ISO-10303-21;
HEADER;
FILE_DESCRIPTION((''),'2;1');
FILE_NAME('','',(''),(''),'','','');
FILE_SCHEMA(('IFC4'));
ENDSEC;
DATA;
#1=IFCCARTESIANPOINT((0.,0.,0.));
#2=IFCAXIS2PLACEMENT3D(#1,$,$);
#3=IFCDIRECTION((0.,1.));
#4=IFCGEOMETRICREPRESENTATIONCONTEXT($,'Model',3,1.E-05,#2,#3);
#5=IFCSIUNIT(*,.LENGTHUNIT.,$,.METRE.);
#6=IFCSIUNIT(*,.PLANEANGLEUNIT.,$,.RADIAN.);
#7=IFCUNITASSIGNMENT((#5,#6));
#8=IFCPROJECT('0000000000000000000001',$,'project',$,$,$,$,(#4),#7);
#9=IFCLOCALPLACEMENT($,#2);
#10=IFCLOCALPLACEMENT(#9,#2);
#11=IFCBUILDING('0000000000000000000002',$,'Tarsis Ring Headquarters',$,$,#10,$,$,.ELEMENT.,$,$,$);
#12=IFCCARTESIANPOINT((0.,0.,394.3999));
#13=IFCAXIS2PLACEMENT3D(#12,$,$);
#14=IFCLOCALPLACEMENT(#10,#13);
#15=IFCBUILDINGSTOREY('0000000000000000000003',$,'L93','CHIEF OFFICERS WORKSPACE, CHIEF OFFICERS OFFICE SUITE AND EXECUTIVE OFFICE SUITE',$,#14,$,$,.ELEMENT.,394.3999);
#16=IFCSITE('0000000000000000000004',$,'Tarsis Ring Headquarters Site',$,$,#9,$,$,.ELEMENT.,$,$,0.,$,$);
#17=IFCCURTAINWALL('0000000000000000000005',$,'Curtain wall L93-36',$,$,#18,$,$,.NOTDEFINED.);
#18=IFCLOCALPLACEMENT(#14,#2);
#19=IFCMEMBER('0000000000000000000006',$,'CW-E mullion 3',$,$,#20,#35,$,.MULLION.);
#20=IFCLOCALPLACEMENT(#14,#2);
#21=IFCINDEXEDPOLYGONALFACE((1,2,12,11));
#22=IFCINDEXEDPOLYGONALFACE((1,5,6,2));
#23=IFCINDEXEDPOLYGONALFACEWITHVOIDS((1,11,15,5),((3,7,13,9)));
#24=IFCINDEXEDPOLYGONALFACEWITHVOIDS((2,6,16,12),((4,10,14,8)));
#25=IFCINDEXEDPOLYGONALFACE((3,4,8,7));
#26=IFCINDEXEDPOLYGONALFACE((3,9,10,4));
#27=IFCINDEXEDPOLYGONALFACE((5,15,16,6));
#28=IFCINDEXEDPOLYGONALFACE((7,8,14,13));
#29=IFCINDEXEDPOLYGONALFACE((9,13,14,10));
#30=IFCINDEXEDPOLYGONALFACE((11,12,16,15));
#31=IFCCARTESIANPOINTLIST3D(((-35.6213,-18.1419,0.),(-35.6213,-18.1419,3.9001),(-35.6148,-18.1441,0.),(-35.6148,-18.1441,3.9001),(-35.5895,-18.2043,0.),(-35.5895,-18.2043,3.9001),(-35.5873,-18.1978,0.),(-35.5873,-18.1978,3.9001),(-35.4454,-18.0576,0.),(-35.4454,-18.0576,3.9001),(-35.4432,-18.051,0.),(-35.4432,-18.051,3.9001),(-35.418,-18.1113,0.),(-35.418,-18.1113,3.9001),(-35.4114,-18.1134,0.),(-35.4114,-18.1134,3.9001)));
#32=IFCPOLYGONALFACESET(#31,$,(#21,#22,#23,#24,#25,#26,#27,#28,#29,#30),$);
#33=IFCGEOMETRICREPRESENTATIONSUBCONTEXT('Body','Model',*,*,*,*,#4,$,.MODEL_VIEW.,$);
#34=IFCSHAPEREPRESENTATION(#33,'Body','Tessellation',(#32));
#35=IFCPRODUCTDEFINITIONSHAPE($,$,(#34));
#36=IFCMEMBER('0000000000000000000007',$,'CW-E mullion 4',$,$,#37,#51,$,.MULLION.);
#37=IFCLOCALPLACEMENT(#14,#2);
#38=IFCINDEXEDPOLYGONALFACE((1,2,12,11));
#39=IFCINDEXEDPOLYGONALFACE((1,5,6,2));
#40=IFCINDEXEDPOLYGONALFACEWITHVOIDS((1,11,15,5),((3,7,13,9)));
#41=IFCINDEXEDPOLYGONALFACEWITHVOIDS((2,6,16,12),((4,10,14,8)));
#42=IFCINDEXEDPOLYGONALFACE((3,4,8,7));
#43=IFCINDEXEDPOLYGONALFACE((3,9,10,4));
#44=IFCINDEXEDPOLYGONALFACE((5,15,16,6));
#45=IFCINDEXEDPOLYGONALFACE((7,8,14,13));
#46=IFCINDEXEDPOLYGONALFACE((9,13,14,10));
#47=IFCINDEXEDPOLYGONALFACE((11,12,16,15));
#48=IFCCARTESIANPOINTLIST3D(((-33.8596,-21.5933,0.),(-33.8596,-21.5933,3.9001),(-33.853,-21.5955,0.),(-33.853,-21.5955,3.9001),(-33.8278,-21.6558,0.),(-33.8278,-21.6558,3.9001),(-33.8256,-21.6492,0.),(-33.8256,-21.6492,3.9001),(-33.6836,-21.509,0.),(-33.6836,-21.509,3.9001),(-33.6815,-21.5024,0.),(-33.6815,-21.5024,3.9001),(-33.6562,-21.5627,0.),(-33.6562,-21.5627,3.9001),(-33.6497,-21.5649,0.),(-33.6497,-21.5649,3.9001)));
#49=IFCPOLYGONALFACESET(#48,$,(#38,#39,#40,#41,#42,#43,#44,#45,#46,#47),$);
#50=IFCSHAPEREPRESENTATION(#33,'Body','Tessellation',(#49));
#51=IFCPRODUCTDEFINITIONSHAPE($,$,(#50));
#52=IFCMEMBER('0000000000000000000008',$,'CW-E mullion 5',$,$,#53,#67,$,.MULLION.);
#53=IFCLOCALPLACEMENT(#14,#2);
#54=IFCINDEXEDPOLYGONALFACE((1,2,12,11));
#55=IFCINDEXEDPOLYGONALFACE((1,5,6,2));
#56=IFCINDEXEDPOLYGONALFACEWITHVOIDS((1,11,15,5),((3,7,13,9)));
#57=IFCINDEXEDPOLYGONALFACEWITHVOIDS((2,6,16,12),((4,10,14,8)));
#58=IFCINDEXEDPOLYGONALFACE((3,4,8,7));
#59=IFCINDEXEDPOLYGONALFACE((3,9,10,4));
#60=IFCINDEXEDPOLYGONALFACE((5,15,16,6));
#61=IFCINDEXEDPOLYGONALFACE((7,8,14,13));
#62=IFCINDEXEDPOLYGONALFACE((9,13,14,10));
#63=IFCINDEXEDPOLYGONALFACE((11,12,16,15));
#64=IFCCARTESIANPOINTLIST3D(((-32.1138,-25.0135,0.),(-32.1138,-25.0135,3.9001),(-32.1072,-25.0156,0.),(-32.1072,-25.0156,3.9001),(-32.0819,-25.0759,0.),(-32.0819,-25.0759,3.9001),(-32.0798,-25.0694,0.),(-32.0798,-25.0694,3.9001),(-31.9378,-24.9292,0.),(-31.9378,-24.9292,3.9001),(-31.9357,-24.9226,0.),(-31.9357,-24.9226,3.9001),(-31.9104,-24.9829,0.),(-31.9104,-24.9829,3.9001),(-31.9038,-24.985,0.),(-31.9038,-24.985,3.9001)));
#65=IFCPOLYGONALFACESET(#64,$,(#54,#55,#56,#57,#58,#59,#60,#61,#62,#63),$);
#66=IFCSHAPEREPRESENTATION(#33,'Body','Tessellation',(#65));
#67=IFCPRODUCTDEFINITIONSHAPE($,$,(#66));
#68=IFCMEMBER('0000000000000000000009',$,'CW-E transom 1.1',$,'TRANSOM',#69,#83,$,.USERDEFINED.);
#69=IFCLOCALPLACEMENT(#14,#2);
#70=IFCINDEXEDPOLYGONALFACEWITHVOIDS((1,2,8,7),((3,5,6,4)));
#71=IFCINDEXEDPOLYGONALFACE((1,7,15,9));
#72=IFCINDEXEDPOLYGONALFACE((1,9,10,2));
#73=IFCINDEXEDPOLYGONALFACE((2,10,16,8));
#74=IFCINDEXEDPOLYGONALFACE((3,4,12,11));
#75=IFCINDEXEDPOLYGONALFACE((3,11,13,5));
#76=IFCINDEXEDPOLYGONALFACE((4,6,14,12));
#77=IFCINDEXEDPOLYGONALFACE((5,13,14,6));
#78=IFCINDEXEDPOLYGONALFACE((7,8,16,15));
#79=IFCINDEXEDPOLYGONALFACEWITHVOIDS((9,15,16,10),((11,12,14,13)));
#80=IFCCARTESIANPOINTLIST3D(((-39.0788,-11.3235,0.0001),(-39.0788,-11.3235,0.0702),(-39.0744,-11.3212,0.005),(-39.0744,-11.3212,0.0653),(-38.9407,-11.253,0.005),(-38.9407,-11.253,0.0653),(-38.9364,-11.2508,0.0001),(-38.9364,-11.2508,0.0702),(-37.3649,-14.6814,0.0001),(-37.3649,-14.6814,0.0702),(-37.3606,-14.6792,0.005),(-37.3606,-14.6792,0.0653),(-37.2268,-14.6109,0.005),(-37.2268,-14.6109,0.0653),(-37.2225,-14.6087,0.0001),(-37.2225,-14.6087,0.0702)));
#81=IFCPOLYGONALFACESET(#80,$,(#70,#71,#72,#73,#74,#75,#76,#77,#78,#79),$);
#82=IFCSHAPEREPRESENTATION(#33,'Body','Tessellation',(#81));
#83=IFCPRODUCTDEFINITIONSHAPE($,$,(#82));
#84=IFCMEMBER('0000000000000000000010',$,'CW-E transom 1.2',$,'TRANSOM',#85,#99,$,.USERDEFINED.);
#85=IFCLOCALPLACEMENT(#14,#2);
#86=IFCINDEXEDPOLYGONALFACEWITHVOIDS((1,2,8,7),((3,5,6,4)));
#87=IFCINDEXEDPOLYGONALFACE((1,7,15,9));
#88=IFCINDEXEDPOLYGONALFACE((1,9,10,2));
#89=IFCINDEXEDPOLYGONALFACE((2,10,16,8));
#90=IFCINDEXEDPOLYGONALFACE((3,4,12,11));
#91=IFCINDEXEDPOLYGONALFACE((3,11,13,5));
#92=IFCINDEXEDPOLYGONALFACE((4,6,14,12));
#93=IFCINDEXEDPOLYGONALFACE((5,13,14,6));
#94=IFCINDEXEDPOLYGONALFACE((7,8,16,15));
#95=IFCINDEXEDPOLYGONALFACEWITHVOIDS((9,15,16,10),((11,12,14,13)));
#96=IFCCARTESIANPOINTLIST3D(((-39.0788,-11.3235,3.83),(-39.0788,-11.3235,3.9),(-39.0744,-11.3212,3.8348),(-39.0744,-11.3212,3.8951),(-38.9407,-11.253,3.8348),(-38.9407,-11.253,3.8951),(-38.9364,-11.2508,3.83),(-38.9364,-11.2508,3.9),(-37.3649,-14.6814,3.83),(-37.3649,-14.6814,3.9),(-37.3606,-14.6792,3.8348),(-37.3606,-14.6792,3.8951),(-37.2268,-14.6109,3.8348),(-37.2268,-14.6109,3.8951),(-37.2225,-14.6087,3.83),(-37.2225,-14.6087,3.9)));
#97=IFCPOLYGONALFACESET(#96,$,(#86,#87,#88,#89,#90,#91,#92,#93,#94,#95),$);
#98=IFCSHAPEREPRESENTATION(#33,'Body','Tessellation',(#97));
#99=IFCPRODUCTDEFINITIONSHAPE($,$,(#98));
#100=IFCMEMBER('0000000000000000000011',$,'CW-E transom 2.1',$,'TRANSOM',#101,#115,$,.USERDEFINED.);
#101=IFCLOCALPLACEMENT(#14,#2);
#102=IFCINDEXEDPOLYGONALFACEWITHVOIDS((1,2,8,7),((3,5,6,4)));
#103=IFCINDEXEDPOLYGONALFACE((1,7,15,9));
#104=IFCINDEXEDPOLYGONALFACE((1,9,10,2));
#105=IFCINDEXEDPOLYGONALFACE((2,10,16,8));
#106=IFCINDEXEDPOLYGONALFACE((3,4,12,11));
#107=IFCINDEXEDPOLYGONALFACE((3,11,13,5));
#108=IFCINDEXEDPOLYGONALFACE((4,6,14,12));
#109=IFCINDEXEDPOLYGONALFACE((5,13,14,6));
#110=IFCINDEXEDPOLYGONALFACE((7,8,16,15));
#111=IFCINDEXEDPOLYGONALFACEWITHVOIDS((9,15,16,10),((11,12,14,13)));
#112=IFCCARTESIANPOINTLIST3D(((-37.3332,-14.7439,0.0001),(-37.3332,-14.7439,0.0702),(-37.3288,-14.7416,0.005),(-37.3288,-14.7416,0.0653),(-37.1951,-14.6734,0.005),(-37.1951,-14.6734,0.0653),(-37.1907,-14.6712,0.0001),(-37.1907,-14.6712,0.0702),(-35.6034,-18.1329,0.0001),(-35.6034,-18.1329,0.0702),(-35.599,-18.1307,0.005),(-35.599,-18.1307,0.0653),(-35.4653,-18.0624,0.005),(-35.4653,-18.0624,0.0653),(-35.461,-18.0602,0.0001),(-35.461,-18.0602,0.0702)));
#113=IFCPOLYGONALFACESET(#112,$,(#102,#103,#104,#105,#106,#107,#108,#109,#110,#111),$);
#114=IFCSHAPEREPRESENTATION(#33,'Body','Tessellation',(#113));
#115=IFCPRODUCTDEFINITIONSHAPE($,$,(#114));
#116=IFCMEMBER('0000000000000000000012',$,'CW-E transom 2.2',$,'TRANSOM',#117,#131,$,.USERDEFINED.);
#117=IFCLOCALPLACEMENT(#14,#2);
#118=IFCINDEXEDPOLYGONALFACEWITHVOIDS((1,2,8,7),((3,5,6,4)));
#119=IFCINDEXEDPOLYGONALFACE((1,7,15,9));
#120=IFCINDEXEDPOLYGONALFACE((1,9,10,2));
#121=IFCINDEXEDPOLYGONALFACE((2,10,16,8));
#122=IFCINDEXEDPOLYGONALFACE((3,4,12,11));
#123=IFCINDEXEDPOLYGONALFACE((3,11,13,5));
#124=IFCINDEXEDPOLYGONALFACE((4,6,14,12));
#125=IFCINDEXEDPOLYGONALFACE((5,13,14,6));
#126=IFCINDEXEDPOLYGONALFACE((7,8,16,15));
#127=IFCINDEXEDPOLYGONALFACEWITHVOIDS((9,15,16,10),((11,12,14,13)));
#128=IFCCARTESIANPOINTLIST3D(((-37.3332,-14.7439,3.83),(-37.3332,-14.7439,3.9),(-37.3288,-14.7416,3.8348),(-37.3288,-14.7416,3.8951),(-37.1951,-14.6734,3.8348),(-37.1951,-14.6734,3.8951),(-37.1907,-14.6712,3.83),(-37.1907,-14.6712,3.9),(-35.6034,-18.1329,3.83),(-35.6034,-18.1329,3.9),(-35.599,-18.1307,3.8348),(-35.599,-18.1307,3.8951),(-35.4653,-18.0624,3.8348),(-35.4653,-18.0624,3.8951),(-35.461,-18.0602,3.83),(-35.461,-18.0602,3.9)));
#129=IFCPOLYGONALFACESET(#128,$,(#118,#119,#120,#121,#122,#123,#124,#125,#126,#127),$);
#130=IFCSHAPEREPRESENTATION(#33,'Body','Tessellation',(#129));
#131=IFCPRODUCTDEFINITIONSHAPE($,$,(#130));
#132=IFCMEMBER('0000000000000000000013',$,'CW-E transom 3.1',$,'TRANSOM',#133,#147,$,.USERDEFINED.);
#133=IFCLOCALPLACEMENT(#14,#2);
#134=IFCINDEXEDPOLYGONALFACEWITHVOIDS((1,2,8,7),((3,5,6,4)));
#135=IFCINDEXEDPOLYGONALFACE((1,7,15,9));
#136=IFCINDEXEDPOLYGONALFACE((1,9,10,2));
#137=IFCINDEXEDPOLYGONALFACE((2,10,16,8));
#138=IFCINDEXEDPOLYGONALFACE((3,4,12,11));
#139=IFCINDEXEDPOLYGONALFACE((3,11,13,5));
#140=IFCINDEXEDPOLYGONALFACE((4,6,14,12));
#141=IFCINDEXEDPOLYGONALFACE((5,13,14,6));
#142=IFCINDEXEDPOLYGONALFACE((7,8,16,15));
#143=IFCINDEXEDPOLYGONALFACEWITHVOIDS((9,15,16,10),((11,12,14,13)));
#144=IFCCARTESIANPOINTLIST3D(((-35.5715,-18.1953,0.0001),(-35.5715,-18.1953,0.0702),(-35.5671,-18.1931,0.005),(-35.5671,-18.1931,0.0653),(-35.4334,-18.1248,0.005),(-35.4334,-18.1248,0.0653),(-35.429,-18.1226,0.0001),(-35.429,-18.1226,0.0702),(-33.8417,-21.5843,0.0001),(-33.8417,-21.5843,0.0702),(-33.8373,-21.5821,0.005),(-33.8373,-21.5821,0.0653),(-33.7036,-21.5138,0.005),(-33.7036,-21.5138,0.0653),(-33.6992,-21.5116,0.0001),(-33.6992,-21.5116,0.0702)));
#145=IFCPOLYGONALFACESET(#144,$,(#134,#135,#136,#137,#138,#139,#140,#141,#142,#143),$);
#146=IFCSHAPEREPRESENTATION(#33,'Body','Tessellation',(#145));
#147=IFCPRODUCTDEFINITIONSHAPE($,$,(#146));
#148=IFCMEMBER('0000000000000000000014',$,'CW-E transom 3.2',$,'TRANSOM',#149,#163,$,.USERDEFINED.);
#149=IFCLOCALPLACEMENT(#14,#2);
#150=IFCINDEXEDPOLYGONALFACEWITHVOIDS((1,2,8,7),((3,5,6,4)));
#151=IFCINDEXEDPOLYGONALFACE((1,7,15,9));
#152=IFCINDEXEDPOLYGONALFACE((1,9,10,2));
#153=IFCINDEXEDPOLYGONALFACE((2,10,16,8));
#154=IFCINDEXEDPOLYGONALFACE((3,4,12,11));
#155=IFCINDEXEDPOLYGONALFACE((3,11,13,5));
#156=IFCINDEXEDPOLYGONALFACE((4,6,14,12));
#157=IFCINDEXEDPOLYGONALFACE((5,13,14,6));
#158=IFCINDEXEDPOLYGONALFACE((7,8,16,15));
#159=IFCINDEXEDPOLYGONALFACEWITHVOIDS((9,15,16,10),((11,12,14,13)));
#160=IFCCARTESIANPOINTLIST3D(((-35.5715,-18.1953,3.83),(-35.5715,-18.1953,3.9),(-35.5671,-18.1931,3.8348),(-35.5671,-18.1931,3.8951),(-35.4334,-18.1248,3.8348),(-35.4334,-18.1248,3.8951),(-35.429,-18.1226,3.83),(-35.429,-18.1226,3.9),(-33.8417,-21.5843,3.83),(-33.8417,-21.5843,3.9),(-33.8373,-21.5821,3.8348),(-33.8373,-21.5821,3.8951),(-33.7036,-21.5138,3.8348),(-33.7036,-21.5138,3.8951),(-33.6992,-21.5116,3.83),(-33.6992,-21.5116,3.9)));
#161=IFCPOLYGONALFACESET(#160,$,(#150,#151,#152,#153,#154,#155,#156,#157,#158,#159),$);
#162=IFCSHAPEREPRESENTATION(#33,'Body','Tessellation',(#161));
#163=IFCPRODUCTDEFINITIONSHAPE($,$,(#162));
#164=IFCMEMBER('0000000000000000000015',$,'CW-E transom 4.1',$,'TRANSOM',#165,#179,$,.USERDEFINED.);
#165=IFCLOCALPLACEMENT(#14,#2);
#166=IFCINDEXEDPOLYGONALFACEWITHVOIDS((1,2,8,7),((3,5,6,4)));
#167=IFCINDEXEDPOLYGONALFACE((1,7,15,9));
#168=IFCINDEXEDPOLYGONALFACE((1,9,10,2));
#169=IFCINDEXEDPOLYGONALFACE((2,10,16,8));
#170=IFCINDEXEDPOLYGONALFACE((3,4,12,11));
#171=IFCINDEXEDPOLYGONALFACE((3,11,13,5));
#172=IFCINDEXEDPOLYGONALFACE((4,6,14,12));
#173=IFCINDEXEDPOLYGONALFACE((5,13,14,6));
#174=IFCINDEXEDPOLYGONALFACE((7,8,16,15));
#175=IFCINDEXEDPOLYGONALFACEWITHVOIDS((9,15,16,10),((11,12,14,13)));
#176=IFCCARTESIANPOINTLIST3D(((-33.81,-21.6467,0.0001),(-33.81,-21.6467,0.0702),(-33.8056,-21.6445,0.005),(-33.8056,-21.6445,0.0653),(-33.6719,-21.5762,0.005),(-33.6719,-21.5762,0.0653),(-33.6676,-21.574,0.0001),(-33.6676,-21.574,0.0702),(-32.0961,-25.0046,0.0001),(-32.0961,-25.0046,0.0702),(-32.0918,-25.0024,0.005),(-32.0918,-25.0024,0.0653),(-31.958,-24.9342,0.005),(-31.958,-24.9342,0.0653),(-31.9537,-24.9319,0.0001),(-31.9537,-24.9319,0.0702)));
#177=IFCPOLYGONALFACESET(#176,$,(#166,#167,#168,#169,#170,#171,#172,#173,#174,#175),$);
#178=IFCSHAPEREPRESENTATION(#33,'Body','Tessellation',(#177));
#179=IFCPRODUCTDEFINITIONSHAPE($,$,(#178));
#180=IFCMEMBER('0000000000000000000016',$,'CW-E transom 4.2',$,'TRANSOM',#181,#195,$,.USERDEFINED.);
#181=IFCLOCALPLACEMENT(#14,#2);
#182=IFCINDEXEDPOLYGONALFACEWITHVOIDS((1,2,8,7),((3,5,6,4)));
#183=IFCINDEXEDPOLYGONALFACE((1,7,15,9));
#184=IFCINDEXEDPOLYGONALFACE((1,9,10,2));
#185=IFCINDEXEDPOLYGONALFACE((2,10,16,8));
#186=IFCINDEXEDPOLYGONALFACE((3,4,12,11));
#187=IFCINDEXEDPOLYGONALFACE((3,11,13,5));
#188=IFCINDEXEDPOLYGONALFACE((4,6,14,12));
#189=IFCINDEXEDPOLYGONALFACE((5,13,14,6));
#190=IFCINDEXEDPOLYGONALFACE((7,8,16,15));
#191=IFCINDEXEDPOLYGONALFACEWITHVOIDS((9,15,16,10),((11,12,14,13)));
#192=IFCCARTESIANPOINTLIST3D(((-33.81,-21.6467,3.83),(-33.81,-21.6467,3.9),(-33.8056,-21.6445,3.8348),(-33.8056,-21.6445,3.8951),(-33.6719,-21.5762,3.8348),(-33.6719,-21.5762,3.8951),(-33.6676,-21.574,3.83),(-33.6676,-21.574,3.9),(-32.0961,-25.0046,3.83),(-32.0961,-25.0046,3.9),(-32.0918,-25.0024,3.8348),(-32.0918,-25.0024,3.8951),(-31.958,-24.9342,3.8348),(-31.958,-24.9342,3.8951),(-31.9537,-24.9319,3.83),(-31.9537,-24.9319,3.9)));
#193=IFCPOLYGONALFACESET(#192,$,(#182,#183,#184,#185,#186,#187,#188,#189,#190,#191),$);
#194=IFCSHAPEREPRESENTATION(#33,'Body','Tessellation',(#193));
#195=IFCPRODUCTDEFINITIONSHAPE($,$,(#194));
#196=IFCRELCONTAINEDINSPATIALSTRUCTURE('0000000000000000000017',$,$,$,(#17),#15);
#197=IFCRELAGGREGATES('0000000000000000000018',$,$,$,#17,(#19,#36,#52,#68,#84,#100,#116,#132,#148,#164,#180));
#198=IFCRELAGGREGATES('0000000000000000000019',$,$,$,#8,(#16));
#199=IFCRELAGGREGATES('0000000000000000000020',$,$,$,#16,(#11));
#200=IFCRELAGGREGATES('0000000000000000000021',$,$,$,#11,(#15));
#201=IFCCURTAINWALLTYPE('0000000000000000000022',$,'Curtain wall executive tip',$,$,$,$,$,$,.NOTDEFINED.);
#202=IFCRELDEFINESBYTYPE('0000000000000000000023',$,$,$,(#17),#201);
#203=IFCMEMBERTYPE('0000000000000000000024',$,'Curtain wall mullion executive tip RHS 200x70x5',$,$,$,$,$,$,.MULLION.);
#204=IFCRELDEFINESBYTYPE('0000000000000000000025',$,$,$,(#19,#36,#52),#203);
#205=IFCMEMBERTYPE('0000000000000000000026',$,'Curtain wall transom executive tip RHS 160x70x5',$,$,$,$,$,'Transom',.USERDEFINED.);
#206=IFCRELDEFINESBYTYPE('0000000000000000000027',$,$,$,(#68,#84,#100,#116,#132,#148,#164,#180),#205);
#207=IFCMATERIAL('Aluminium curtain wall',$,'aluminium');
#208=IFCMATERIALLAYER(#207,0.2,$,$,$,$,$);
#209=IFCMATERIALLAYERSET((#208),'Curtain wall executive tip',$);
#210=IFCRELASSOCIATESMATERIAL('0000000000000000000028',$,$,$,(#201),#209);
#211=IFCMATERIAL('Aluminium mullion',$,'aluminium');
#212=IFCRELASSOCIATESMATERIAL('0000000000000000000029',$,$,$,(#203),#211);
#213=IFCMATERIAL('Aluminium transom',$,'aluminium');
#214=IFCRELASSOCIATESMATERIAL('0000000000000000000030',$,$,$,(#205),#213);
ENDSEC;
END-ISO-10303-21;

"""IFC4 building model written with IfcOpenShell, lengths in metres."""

from ifc_helpers import new_model, si_unit, direction, frame, origin, origin_2d, place, context, subcontext, project, spatial, hollow_rectangle, extrude, material, layer, layer_set, material_profile, profile_set, type_object, element, aggregate, save


model = new_model("IFC4")

# Units and contexts
model_context = context("Model", 3, precision=1e-05, world=origin(), true_north=direction((0.0, 1.0)))
body_context = subcontext(model_context, "Body", "Model", "MODEL_VIEW")
ifc_project = project(units=[si_unit("LENGTHUNIT", "METRE"), si_unit("PLANEANGLEUNIT", "RADIAN")], contexts=[model_context])

# Site, building, storey
site_placement = place(None, origin())
site = spatial("IfcSite", under=ifc_project, at=site_placement, Name="Tarsis Ring Headquarters Site", CompositionType="ELEMENT", RefElevation=0.0)
building_placement = place(site_placement, origin())
building = spatial("IfcBuilding", under=site, at=building_placement, Name="Tarsis Ring Headquarters", CompositionType="ELEMENT")
storey_placement = place(building_placement, frame((0.0, 0.0, 394.3999)))
storey = spatial("IfcBuildingStorey", under=building, at=storey_placement, Name="L93", Description="CHIEF OFFICERS WORKSPACE, CHIEF OFFICERS OFFICE SUITE AND EXECUTIVE OFFICE SUITE", CompositionType="ELEMENT", Elevation=394.3999)

# Curtain wall, members
ifc_material_1 = material(Name="Aluminium curtain wall", Category="aluminium")
ifc_layer_1 = layer(ifc_material_1, 0.2)
ifc_layer_set_1 = layer_set([ifc_layer_1], Name="Curtain wall executive tip")
curtain_wall_type = type_object("IfcCurtainWallType", Name="Curtain wall executive tip", PredefinedType="NOTDEFINED", material=ifc_layer_set_1)
curtain_wall_placement = place(storey_placement, origin())
curtain_wall = element("IfcCurtainWall", 1, at=curtain_wall_placement, inside=storey, type_object=curtain_wall_type, Name="Curtain wall L93-36", PredefinedType="NOTDEFINED")
ifc_material_2 = material(Name="Aluminium mullion", Category="aluminium")
ifc_material_profile_1 = material_profile(ifc_material_2, hollow_rectangle(XDim=0.2, YDim=0.0701, WallThickness=0.0049, at=origin_2d()), Name="RHS 200x70x5")
ifc_profile_set_1 = profile_set([ifc_material_profile_1], Name="Aluminium mullion")
member_type_1 = type_object("IfcMemberType", Name="Curtain wall mullion executive tip RHS 200x70x5", PredefinedType="MULLION", material=ifc_profile_set_1)
member_1_placement = place(storey_placement, frame((-35.5164, -18.1277, 0.0), z_axis=(0.0, 0.0, 1.0), x_axis=(0.890689, 0.454612, 0.0)))
member_1 = element("IfcMember", 2, at=member_1_placement, type_object=member_type_1, Name="CW-E mullion 3", PredefinedType="MULLION", context=body_context, shape_type="SweptSolid", body=[
    extrude(hollow_rectangle(XDim=0.2, YDim=0.0701, WallThickness=0.0049, at=origin_2d()), origin(), (0.0, 0.0, 1.0), 3.9001),
])
member_2_placement = place(storey_placement, frame((-33.7546, -21.5791, 0.0), z_axis=(0.0, 0.0, 1.0), x_axis=(0.890689, 0.454612, 0.0)))
member_2 = element("IfcMember", 3, at=member_2_placement, type_object=member_type_1, Name="CW-E mullion 4", PredefinedType="MULLION", context=body_context, shape_type="SweptSolid", body=[
    extrude(hollow_rectangle(XDim=0.2, YDim=0.0701, WallThickness=0.0049, at=origin_2d()), origin(), (0.0, 0.0, 1.0), 3.9001),
])
member_3_placement = place(storey_placement, frame((-32.0088, -24.9993, 0.0), z_axis=(0.0, 0.0, 1.0), x_axis=(0.890689, 0.454612, 0.0)))
member_3 = element("IfcMember", 4, at=member_3_placement, type_object=member_type_1, Name="CW-E mullion 5", PredefinedType="MULLION", context=body_context, shape_type="SweptSolid", body=[
    extrude(hollow_rectangle(XDim=0.2, YDim=0.0701, WallThickness=0.0049, at=origin_2d()), origin(), (0.0, 0.0, 1.0), 3.9001),
])
ifc_material_3 = material(Name="Aluminium transom", Category="aluminium")
ifc_material_profile_2 = material_profile(ifc_material_3, hollow_rectangle(XDim=0.1599, YDim=0.0701, WallThickness=0.0049, at=origin_2d()), Name="RHS 160x70x5")
ifc_profile_set_2 = profile_set([ifc_material_profile_2], Name="Aluminium transom")
member_type_2 = type_object("IfcMemberType", Name="Curtain wall transom executive tip RHS 160x70x5", ElementType="Transom", PredefinedType="USERDEFINED", material=ifc_profile_set_2)
member_4_placement = place(storey_placement, frame((-39.0076, -11.2871, 0.0352), z_axis=(0.454607, -0.890692, 0.0), x_axis=(0.890692, 0.454607, 0.0)))
member_4 = element("IfcMember", 5, at=member_4_placement, type_object=member_type_2, Name="CW-E transom 1.1", ObjectType="TRANSOM", PredefinedType="USERDEFINED", context=body_context, shape_type="SweptSolid", body=[
    extrude(hollow_rectangle(XDim=0.1599, YDim=0.0701, WallThickness=0.0049, at=origin_2d()), origin(), (0.0, 0.0, 1.0), 3.77),
])
member_5_placement = place(storey_placement, frame((-39.0076, -11.2871, 3.865), z_axis=(0.454607, -0.890692, 0.0), x_axis=(0.890692, 0.454607, 0.0)))
member_5 = element("IfcMember", 6, at=member_5_placement, type_object=member_type_2, Name="CW-E transom 1.2", ObjectType="TRANSOM", PredefinedType="USERDEFINED", context=body_context, shape_type="SweptSolid", body=[
    extrude(hollow_rectangle(XDim=0.1599, YDim=0.0701, WallThickness=0.0049, at=origin_2d()), origin(), (0.0, 0.0, 1.0), 3.77),
])
member_6_placement = place(storey_placement, frame((-37.262, -14.7075, 0.0352), z_axis=(0.454616, -0.890688, 0.0), x_axis=(0.890688, 0.454616, 0.0)))
member_6 = element("IfcMember", 7, at=member_6_placement, type_object=member_type_2, Name="CW-E transom 2.1", ObjectType="TRANSOM", PredefinedType="USERDEFINED", context=body_context, shape_type="SweptSolid", body=[
    extrude(hollow_rectangle(XDim=0.1599, YDim=0.0701, WallThickness=0.0049, at=origin_2d()), origin(), (0.0, 0.0, 1.0), 3.8049),
])
member_7_placement = place(storey_placement, frame((-37.262, -14.7075, 3.865), z_axis=(0.454616, -0.890688, 0.0), x_axis=(0.890688, 0.454616, 0.0)))
member_7 = element("IfcMember", 8, at=member_7_placement, type_object=member_type_2, Name="CW-E transom 2.2", ObjectType="TRANSOM", PredefinedType="USERDEFINED", context=body_context, shape_type="SweptSolid", body=[
    extrude(hollow_rectangle(XDim=0.1599, YDim=0.0701, WallThickness=0.0049, at=origin_2d()), origin(), (0.0, 0.0, 1.0), 3.8049),
])
member_8_placement = place(storey_placement, frame((-35.5002, -18.1589, 0.0352), z_axis=(0.454616, -0.890688, 0.0), x_axis=(0.890688, 0.454616, 0.0)))
member_8 = element("IfcMember", 9, at=member_8_placement, type_object=member_type_2, Name="CW-E transom 3.1", ObjectType="TRANSOM", PredefinedType="USERDEFINED", context=body_context, shape_type="SweptSolid", body=[
    extrude(hollow_rectangle(XDim=0.1599, YDim=0.0701, WallThickness=0.0049, at=origin_2d()), origin(), (0.0, 0.0, 1.0), 3.8049),
])
member_9_placement = place(storey_placement, frame((-35.5002, -18.1589, 3.865), z_axis=(0.454616, -0.890688, 0.0), x_axis=(0.890688, 0.454616, 0.0)))
member_9 = element("IfcMember", 10, at=member_9_placement, type_object=member_type_2, Name="CW-E transom 3.2", ObjectType="TRANSOM", PredefinedType="USERDEFINED", context=body_context, shape_type="SweptSolid", body=[
    extrude(hollow_rectangle(XDim=0.1599, YDim=0.0701, WallThickness=0.0049, at=origin_2d()), origin(), (0.0, 0.0, 1.0), 3.8049),
])
member_10_placement = place(storey_placement, frame((-33.7388, -21.6104, 0.0352), z_axis=(0.454607, -0.890692, 0.0), x_axis=(0.890692, 0.454607, 0.0)))
member_10 = element("IfcMember", 11, at=member_10_placement, type_object=member_type_2, Name="CW-E transom 4.1", ObjectType="TRANSOM", PredefinedType="USERDEFINED", context=body_context, shape_type="SweptSolid", body=[
    extrude(hollow_rectangle(XDim=0.1599, YDim=0.0701, WallThickness=0.0049, at=origin_2d()), origin(), (0.0, 0.0, 1.0), 3.77),
])
member_11_placement = place(storey_placement, frame((-33.7388, -21.6104, 3.865), z_axis=(0.454607, -0.890692, 0.0), x_axis=(0.890692, 0.454607, 0.0)))
member_11 = element("IfcMember", 12, at=member_11_placement, type_object=member_type_2, Name="CW-E transom 4.2", ObjectType="TRANSOM", PredefinedType="USERDEFINED", context=body_context, shape_type="SweptSolid", body=[
    extrude(hollow_rectangle(XDim=0.1599, YDim=0.0701, WallThickness=0.0049, at=origin_2d()), origin(), (0.0, 0.0, 1.0), 3.77),
])

aggregate(curtain_wall, [member_1, member_2, member_3, member_4, member_5, member_6, member_7, member_8, member_9, member_10, member_11])

save(model, "model.ifc")
